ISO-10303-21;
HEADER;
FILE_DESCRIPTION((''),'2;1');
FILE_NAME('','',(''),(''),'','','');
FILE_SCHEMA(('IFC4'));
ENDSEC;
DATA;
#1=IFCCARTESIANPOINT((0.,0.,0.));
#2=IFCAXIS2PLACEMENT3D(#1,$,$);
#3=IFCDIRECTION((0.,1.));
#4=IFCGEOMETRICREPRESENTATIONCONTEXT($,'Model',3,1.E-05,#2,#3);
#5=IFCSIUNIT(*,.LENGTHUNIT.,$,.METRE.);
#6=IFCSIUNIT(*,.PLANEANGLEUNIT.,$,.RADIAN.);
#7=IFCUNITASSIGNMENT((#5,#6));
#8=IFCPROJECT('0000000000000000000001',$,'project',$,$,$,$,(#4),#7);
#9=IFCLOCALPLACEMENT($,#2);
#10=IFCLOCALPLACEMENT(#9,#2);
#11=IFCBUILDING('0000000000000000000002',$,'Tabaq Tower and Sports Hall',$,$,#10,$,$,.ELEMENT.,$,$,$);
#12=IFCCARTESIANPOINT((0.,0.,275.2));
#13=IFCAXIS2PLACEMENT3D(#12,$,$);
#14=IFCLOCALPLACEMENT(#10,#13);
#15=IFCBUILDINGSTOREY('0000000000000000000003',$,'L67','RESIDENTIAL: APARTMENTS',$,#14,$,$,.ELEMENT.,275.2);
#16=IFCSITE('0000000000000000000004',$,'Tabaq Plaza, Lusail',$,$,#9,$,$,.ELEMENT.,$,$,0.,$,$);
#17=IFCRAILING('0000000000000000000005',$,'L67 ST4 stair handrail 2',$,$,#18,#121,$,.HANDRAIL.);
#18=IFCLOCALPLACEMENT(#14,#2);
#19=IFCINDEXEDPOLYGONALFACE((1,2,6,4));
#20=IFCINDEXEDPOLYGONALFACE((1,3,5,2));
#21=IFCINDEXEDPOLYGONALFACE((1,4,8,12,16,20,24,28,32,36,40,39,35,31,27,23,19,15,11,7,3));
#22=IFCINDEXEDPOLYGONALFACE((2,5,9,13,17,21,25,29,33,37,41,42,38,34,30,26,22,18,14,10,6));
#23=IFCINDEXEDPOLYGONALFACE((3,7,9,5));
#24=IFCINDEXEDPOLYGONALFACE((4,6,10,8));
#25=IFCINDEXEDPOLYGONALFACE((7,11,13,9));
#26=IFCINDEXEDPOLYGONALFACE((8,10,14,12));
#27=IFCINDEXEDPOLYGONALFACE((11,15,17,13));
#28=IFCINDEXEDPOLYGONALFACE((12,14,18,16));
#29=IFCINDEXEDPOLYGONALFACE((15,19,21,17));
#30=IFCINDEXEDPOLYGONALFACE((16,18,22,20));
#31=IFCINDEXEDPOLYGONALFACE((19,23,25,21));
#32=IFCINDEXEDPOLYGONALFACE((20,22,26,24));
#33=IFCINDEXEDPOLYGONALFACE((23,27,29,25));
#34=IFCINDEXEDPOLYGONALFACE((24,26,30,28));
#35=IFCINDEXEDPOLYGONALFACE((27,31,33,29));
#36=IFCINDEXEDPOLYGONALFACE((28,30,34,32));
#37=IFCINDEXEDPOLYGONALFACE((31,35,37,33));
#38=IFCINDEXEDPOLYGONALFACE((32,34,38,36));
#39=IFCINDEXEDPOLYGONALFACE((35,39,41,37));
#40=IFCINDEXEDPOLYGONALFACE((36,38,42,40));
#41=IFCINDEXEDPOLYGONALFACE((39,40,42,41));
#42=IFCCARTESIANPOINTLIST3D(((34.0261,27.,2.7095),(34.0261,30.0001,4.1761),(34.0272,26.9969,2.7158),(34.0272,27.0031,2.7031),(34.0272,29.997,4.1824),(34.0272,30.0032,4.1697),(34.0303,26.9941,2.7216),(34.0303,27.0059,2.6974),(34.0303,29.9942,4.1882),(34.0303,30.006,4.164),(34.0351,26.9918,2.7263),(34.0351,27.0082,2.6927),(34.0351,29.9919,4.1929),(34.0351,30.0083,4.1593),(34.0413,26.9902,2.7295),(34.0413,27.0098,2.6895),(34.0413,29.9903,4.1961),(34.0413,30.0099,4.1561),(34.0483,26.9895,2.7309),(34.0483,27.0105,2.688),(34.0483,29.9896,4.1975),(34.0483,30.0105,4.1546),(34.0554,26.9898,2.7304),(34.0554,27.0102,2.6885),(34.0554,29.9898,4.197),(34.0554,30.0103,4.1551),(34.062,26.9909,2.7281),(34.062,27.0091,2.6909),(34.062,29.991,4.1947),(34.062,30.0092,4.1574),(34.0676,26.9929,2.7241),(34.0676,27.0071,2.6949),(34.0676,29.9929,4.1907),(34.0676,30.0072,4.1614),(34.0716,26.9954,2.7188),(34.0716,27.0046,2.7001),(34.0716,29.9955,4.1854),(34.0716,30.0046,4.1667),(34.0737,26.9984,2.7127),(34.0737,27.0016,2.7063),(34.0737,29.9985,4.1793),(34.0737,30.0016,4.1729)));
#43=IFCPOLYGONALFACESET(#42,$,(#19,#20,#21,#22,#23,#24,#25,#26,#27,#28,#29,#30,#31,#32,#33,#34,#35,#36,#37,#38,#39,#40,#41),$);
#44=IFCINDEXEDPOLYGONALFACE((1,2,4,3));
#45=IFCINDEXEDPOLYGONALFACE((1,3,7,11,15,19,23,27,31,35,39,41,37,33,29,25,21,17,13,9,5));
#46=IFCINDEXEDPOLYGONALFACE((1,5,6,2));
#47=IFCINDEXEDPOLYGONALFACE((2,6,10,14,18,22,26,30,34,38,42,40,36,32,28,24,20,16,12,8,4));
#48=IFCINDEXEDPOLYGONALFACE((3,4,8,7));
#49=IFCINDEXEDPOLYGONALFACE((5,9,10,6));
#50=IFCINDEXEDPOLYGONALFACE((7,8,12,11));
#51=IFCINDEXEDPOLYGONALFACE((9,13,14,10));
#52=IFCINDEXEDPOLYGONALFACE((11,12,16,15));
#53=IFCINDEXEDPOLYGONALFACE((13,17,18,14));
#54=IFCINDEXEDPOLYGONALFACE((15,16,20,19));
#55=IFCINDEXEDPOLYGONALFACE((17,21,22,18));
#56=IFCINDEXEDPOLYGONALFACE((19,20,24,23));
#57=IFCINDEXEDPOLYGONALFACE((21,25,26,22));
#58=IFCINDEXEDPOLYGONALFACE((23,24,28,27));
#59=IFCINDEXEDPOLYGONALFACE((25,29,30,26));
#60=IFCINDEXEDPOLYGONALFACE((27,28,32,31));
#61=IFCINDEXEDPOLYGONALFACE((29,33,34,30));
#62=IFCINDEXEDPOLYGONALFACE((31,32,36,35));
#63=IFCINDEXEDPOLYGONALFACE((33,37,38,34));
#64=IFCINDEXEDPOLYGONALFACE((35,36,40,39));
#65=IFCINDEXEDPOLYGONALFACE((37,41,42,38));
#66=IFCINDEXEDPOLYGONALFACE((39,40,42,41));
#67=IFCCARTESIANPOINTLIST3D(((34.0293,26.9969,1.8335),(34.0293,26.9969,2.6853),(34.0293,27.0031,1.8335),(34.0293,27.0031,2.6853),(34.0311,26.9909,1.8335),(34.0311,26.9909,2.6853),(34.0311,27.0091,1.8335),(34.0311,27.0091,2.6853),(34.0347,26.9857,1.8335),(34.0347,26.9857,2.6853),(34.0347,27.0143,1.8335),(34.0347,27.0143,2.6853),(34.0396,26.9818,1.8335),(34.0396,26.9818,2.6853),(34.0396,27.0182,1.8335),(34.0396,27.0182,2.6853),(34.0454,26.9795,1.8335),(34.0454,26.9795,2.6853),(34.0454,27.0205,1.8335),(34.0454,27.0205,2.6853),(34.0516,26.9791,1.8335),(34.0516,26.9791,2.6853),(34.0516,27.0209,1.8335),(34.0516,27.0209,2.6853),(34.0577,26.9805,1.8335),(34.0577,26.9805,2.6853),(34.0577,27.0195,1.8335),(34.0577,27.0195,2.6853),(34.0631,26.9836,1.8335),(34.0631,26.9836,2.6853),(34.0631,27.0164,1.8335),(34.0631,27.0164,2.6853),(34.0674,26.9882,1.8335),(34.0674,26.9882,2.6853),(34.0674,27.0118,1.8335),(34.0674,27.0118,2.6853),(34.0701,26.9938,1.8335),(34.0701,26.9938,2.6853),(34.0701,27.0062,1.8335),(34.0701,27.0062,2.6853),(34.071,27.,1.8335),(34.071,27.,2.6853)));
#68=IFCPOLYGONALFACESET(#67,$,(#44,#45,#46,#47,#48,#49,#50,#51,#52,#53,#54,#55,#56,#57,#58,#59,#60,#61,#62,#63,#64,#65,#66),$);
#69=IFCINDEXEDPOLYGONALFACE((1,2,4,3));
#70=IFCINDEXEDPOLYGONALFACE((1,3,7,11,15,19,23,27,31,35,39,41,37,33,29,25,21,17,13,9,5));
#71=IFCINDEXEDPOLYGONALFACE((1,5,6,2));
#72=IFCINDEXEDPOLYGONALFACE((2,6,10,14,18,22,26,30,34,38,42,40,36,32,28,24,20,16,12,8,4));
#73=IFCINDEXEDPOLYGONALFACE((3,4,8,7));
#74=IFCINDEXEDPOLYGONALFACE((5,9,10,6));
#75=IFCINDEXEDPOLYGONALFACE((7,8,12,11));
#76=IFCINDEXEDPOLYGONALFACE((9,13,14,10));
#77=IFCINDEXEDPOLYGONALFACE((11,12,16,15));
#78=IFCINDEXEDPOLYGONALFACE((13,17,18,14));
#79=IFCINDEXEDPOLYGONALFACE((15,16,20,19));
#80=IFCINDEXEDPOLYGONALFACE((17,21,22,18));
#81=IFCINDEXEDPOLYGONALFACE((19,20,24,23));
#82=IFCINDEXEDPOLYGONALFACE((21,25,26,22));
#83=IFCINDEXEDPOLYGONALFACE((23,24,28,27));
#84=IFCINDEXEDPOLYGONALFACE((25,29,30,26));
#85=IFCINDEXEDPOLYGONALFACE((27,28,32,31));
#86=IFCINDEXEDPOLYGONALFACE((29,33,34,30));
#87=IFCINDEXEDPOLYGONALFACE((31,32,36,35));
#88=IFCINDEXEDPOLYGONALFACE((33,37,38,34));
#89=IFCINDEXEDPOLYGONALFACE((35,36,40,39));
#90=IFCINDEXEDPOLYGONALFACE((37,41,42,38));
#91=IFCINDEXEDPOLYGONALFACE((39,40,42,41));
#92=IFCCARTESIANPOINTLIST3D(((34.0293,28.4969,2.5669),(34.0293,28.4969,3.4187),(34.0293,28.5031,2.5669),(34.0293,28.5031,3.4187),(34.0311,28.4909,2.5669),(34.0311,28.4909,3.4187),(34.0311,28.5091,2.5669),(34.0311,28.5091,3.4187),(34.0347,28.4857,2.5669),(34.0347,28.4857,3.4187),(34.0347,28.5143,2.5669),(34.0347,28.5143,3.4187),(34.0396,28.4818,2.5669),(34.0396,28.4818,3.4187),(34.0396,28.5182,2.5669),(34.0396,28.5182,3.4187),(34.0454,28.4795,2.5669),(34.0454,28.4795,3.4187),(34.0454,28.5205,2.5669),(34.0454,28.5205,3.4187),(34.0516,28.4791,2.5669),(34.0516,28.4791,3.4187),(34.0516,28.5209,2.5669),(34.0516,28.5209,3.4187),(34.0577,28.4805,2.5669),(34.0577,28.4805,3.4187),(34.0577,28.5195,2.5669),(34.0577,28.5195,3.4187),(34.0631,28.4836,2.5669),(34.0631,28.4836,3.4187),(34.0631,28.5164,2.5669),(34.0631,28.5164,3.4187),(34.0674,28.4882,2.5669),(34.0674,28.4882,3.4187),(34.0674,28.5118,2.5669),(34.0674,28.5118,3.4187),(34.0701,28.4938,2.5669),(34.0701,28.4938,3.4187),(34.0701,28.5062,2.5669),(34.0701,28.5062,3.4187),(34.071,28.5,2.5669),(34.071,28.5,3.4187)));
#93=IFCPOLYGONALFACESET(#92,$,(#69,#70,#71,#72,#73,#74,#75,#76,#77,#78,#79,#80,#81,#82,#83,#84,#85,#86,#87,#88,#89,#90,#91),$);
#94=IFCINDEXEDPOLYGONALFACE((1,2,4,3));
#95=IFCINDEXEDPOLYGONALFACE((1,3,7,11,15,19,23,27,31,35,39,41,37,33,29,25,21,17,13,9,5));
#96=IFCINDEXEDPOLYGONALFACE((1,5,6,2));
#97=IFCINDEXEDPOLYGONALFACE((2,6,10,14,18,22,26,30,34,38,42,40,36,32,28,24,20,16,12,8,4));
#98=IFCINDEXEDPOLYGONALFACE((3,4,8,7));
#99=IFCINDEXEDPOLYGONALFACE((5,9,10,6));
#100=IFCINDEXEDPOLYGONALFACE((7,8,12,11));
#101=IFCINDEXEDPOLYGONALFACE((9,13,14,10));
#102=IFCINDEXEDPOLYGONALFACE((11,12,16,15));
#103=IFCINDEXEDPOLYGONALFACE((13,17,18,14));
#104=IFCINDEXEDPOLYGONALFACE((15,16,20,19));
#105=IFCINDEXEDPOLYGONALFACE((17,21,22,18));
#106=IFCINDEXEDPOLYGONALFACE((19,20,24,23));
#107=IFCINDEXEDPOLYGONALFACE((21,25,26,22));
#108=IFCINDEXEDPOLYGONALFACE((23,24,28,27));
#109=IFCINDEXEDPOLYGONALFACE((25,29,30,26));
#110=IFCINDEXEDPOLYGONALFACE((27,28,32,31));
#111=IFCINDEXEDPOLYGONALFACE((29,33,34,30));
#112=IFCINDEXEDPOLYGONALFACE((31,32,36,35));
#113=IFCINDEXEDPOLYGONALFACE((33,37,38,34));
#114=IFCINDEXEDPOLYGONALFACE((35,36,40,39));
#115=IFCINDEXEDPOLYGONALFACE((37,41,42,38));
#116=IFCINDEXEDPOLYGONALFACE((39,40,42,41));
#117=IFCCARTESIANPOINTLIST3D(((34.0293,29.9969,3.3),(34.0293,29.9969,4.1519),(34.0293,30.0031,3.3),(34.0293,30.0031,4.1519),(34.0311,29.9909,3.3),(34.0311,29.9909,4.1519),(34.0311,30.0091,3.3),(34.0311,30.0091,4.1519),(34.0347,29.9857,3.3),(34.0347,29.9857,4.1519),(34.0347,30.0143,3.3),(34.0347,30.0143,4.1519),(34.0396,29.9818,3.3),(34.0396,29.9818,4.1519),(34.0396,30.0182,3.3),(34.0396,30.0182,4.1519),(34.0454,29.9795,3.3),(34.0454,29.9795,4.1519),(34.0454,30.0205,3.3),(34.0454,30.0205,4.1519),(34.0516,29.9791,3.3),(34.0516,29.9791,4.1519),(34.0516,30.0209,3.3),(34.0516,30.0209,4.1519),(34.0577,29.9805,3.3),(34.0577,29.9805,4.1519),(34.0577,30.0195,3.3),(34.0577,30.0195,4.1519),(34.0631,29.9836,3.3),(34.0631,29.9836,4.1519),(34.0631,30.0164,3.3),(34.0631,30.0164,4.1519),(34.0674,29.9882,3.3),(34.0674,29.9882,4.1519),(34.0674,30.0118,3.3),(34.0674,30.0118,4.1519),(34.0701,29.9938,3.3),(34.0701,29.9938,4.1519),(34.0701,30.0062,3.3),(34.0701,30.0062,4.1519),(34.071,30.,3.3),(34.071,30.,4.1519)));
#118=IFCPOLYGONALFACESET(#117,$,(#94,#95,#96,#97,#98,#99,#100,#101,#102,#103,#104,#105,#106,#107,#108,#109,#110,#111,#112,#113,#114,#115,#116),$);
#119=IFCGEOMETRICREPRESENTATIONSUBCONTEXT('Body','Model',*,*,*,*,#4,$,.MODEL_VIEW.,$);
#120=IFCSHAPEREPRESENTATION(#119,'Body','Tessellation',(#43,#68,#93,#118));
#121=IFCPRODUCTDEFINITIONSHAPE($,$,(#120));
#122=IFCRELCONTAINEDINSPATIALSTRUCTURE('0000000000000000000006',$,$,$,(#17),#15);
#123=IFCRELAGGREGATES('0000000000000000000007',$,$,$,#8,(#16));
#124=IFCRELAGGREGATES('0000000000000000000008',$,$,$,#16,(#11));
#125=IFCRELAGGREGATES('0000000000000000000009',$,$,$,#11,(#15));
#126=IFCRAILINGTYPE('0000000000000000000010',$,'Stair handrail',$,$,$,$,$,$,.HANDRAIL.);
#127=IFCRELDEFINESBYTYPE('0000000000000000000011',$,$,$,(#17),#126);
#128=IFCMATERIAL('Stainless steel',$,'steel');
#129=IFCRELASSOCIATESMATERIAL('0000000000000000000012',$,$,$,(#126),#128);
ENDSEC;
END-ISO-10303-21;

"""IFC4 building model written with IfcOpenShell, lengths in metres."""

from ifc_helpers import new_model, si_unit, direction, frame, origin, origin_2d, place, context, subcontext, project, spatial, circle, extrude, material, type_object, element, save


model = new_model("IFC4")

# Units and contexts
model_context = context("Model", 3, precision=1e-05, world=origin(), true_north=direction((0.0, 1.0)))
body_context = subcontext(model_context, "Body", "Model", "MODEL_VIEW")
ifc_project = project(units=[si_unit("LENGTHUNIT", "METRE"), si_unit("PLANEANGLEUNIT", "RADIAN")], contexts=[model_context])

# Site, building, storey
site_placement = place(None, origin())
site = spatial("IfcSite", under=ifc_project, at=site_placement, Name="Tabaq Plaza, Lusail", CompositionType="ELEMENT", RefElevation=0.0)
building_placement = place(site_placement, origin())
building = spatial("IfcBuilding", under=site, at=building_placement, Name="Tabaq Tower and Sports Hall", CompositionType="ELEMENT")
storey_placement = place(building_placement, frame((0.0, 0.0, 275.2)))
storey = spatial("IfcBuildingStorey", under=building, at=storey_placement, Name="L67", Description="RESIDENTIAL: APARTMENTS", CompositionType="ELEMENT", Elevation=275.2)

# Railing
ifc_material_1 = material(Name="Stainless steel", Category="steel")
railing_type_1 = type_object("IfcRailingType", Name="Stair handrail", PredefinedType="HANDRAIL", material=ifc_material_1)
railing_1_placement = place(storey_placement, frame((34.05, 27.0, 1.8335)))
element("IfcRailing", 1, at=railing_1_placement, inside=storey, type_object=railing_type_1, Name="L67 ST4 stair handrail 2", PredefinedType="HANDRAIL", context=body_context, shape_type="SweptSolid", body=[
    extrude(circle(Radius=0.0239, at=origin_2d()), frame((0.0, 0.0, 0.876), z_axis=(0.0, 0.898398, 0.439183), x_axis=(-1.0, 0.0, 0.0)), (0.0, 0.0, 1.0), 3.3394),
    extrude(circle(Radius=0.021, at=origin_2d()), origin(), (0.0, 0.0, 1.0), 0.8518),
    extrude(circle(Radius=0.021, at=origin_2d()), frame((0.0, 1.5, 0.7334)), (0.0, 0.0, 1.0), 0.8518),
    extrude(circle(Radius=0.021, at=origin_2d()), frame((0.0, 3.0, 1.4666)), (0.0, 0.0, 1.0), 0.8518),
])

save(model, "model.ifc")
